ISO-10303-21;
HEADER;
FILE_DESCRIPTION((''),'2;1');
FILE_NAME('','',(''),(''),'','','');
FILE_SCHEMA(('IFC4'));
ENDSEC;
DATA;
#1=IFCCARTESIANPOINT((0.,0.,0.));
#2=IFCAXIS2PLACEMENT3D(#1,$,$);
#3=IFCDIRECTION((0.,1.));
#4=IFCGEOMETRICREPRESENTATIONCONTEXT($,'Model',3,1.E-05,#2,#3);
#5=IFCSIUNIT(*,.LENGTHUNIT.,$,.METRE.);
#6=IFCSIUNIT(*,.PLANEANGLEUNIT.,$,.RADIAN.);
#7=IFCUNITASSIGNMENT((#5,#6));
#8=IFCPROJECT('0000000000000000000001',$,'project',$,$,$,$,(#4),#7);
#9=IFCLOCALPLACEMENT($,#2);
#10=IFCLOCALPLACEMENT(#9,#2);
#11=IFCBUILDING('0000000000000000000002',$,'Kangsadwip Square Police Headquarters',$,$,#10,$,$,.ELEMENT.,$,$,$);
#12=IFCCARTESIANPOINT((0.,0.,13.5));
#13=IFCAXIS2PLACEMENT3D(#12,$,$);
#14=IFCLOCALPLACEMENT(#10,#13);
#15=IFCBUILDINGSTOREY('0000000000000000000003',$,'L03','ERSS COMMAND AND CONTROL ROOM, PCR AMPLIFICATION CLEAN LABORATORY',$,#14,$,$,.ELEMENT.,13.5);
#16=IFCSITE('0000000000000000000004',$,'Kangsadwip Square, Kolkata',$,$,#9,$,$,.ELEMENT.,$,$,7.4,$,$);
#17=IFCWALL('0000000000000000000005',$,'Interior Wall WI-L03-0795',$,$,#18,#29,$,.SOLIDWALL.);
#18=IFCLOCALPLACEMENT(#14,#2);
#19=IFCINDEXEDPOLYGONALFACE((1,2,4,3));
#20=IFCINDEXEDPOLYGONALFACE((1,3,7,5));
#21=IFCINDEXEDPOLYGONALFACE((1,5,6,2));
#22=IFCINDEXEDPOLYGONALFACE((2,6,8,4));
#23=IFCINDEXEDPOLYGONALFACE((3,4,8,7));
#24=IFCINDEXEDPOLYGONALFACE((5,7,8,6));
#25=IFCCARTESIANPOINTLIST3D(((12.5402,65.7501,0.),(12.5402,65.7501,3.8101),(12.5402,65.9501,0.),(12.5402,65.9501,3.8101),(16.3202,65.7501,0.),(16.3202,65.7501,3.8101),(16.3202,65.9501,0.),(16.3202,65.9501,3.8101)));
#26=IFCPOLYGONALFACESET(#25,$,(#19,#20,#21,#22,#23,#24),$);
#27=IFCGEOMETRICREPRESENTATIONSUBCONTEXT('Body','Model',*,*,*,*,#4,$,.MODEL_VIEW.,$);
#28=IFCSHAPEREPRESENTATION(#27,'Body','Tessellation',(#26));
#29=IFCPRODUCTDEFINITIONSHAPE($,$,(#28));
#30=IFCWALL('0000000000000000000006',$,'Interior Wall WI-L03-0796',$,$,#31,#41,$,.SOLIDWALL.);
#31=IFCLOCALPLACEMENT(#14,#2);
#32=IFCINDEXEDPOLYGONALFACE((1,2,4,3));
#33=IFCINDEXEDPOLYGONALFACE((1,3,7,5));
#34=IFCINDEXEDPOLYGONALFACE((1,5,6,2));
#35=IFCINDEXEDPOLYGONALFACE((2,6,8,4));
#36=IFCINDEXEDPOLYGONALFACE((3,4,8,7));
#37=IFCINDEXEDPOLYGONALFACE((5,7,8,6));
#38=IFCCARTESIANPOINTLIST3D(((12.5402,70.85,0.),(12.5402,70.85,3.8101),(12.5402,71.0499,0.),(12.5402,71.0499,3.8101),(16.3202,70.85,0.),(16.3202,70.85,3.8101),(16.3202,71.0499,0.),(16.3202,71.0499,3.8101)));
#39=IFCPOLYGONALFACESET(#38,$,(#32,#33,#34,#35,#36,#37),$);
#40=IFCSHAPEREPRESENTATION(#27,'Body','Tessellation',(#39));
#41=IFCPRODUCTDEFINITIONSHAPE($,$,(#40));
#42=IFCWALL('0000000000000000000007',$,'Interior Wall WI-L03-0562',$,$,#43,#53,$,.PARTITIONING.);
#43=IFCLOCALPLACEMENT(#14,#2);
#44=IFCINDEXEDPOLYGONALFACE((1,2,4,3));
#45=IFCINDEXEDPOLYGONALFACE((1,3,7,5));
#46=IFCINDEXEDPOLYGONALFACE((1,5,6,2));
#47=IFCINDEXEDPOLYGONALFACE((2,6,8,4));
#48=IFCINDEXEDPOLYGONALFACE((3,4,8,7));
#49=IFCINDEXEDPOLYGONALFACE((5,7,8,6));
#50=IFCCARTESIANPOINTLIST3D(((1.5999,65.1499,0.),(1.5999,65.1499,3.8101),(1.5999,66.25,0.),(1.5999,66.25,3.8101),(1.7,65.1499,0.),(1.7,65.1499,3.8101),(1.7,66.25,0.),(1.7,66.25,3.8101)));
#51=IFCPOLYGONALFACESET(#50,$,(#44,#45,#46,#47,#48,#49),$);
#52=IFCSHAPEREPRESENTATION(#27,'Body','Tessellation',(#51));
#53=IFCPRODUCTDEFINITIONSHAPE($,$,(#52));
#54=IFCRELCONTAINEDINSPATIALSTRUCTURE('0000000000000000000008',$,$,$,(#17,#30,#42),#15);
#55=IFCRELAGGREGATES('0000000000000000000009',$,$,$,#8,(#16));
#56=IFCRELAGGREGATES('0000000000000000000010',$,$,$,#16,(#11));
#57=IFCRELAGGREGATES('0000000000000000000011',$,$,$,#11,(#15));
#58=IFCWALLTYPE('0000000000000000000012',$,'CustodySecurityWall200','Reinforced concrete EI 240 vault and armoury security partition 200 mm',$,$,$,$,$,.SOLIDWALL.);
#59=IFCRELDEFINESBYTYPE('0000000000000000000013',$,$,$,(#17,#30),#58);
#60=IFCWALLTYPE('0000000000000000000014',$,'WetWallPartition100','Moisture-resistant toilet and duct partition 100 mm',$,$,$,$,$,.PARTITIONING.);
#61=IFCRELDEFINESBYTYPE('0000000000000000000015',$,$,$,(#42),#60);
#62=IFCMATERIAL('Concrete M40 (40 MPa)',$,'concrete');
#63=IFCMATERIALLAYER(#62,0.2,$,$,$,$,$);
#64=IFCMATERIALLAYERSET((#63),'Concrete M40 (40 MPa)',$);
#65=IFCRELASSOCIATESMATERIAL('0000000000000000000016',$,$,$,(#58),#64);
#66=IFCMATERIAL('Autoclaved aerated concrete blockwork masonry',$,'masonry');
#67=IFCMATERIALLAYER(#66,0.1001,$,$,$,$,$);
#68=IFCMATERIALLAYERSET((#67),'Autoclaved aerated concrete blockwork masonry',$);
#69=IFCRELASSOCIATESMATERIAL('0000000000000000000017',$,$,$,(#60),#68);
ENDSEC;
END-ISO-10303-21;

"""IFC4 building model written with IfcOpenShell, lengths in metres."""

from ifc_helpers import new_model, si_unit, direction, frame, frame_2d, origin, place, context, subcontext, project, spatial, rectangle, extrude, material, layer, layer_set, type_object, element, save


model = new_model("IFC4")

# Units and contexts
model_context = context("Model", 3, precision=1e-05, world=origin(), true_north=direction((0.0, 1.0)))
body_context = subcontext(model_context, "Body", "Model", "MODEL_VIEW")
ifc_project = project(units=[si_unit("LENGTHUNIT", "METRE"), si_unit("PLANEANGLEUNIT", "RADIAN")], contexts=[model_context])

# Site, building, storey
site_placement = place(None, origin())
site = spatial("IfcSite", under=ifc_project, at=site_placement, Name="Kangsadwip Square, Kolkata", CompositionType="ELEMENT", RefElevation=7.4)
building_placement = place(site_placement, origin())
building = spatial("IfcBuilding", under=site, at=building_placement, Name="Kangsadwip Square Police Headquarters", CompositionType="ELEMENT")
storey_placement = place(building_placement, frame((0.0, 0.0, 13.5)))
storey = spatial("IfcBuildingStorey", under=building, at=storey_placement, Name="L03", Description="ERSS COMMAND AND CONTROL ROOM, PCR AMPLIFICATION CLEAN LABORATORY", CompositionType="ELEMENT", Elevation=13.5)

# Walls
ifc_material_1 = material(Name="Concrete M40 (40 MPa)", Category="concrete")
ifc_layer_1 = layer(ifc_material_1, 0.2)
ifc_layer_set_1 = layer_set([ifc_layer_1], Name="Concrete M40 (40 MPa)")
wall_type_1 = type_object("IfcWallType", Name="CustodySecurityWall200", Description="Reinforced concrete EI 240 vault and armoury security partition 200 mm", PredefinedType="SOLIDWALL", material=ifc_layer_set_1)
for number, where, z_axis, x_axis, name in (
    (1, (12.54, 65.8501, 0.0), (0.0, 0.0, 1.0), (1.0, 0.0, 0.0), "Interior Wall WI-L03-0795"),
    (2, (12.54, 70.95, 0.0), (0.0, 0.0, 1.0), (1.0, 0.0, 0.0), "Interior Wall WI-L03-0796"),
):
    element("IfcWall", number, at=place(storey_placement, frame(where, z_axis=z_axis, x_axis=x_axis)), inside=storey, type_object=wall_type_1, Name=name, PredefinedType="SOLIDWALL", context=body_context, shape_type="SweptSolid", body=[
        extrude(rectangle(XDim=3.78, YDim=0.2, at=frame_2d((1.8901, 0.0))), origin(), (0.0, 0.0, 1.0), 3.8101),
    ])
ifc_material_2 = material(Name="Autoclaved aerated concrete blockwork masonry", Category="masonry")
ifc_layer_2 = layer(ifc_material_2, 0.1001)
ifc_layer_set_2 = layer_set([ifc_layer_2], Name="Autoclaved aerated concrete blockwork masonry")
wall_type_2 = type_object("IfcWallType", Name="WetWallPartition100", Description="Moisture-resistant toilet and duct partition 100 mm", PredefinedType="PARTITIONING", material=ifc_layer_set_2)
wall_1_placement = place(storey_placement, frame((1.6499, 65.1499, 0.0), z_axis=(0.0, 0.0, 1.0), x_axis=(0.0, 1.0, 0.0)))
element("IfcWall", 3, at=wall_1_placement, inside=storey, type_object=wall_type_2, Name="Interior Wall WI-L03-0562", PredefinedType="PARTITIONING", context=body_context, shape_type="SweptSolid", body=[
    extrude(rectangle(XDim=1.1001, YDim=0.1001, at=frame_2d((0.55, 0.0))), origin(), (0.0, 0.0, 1.0), 3.8101),
])

save(model, "model.ifc")
